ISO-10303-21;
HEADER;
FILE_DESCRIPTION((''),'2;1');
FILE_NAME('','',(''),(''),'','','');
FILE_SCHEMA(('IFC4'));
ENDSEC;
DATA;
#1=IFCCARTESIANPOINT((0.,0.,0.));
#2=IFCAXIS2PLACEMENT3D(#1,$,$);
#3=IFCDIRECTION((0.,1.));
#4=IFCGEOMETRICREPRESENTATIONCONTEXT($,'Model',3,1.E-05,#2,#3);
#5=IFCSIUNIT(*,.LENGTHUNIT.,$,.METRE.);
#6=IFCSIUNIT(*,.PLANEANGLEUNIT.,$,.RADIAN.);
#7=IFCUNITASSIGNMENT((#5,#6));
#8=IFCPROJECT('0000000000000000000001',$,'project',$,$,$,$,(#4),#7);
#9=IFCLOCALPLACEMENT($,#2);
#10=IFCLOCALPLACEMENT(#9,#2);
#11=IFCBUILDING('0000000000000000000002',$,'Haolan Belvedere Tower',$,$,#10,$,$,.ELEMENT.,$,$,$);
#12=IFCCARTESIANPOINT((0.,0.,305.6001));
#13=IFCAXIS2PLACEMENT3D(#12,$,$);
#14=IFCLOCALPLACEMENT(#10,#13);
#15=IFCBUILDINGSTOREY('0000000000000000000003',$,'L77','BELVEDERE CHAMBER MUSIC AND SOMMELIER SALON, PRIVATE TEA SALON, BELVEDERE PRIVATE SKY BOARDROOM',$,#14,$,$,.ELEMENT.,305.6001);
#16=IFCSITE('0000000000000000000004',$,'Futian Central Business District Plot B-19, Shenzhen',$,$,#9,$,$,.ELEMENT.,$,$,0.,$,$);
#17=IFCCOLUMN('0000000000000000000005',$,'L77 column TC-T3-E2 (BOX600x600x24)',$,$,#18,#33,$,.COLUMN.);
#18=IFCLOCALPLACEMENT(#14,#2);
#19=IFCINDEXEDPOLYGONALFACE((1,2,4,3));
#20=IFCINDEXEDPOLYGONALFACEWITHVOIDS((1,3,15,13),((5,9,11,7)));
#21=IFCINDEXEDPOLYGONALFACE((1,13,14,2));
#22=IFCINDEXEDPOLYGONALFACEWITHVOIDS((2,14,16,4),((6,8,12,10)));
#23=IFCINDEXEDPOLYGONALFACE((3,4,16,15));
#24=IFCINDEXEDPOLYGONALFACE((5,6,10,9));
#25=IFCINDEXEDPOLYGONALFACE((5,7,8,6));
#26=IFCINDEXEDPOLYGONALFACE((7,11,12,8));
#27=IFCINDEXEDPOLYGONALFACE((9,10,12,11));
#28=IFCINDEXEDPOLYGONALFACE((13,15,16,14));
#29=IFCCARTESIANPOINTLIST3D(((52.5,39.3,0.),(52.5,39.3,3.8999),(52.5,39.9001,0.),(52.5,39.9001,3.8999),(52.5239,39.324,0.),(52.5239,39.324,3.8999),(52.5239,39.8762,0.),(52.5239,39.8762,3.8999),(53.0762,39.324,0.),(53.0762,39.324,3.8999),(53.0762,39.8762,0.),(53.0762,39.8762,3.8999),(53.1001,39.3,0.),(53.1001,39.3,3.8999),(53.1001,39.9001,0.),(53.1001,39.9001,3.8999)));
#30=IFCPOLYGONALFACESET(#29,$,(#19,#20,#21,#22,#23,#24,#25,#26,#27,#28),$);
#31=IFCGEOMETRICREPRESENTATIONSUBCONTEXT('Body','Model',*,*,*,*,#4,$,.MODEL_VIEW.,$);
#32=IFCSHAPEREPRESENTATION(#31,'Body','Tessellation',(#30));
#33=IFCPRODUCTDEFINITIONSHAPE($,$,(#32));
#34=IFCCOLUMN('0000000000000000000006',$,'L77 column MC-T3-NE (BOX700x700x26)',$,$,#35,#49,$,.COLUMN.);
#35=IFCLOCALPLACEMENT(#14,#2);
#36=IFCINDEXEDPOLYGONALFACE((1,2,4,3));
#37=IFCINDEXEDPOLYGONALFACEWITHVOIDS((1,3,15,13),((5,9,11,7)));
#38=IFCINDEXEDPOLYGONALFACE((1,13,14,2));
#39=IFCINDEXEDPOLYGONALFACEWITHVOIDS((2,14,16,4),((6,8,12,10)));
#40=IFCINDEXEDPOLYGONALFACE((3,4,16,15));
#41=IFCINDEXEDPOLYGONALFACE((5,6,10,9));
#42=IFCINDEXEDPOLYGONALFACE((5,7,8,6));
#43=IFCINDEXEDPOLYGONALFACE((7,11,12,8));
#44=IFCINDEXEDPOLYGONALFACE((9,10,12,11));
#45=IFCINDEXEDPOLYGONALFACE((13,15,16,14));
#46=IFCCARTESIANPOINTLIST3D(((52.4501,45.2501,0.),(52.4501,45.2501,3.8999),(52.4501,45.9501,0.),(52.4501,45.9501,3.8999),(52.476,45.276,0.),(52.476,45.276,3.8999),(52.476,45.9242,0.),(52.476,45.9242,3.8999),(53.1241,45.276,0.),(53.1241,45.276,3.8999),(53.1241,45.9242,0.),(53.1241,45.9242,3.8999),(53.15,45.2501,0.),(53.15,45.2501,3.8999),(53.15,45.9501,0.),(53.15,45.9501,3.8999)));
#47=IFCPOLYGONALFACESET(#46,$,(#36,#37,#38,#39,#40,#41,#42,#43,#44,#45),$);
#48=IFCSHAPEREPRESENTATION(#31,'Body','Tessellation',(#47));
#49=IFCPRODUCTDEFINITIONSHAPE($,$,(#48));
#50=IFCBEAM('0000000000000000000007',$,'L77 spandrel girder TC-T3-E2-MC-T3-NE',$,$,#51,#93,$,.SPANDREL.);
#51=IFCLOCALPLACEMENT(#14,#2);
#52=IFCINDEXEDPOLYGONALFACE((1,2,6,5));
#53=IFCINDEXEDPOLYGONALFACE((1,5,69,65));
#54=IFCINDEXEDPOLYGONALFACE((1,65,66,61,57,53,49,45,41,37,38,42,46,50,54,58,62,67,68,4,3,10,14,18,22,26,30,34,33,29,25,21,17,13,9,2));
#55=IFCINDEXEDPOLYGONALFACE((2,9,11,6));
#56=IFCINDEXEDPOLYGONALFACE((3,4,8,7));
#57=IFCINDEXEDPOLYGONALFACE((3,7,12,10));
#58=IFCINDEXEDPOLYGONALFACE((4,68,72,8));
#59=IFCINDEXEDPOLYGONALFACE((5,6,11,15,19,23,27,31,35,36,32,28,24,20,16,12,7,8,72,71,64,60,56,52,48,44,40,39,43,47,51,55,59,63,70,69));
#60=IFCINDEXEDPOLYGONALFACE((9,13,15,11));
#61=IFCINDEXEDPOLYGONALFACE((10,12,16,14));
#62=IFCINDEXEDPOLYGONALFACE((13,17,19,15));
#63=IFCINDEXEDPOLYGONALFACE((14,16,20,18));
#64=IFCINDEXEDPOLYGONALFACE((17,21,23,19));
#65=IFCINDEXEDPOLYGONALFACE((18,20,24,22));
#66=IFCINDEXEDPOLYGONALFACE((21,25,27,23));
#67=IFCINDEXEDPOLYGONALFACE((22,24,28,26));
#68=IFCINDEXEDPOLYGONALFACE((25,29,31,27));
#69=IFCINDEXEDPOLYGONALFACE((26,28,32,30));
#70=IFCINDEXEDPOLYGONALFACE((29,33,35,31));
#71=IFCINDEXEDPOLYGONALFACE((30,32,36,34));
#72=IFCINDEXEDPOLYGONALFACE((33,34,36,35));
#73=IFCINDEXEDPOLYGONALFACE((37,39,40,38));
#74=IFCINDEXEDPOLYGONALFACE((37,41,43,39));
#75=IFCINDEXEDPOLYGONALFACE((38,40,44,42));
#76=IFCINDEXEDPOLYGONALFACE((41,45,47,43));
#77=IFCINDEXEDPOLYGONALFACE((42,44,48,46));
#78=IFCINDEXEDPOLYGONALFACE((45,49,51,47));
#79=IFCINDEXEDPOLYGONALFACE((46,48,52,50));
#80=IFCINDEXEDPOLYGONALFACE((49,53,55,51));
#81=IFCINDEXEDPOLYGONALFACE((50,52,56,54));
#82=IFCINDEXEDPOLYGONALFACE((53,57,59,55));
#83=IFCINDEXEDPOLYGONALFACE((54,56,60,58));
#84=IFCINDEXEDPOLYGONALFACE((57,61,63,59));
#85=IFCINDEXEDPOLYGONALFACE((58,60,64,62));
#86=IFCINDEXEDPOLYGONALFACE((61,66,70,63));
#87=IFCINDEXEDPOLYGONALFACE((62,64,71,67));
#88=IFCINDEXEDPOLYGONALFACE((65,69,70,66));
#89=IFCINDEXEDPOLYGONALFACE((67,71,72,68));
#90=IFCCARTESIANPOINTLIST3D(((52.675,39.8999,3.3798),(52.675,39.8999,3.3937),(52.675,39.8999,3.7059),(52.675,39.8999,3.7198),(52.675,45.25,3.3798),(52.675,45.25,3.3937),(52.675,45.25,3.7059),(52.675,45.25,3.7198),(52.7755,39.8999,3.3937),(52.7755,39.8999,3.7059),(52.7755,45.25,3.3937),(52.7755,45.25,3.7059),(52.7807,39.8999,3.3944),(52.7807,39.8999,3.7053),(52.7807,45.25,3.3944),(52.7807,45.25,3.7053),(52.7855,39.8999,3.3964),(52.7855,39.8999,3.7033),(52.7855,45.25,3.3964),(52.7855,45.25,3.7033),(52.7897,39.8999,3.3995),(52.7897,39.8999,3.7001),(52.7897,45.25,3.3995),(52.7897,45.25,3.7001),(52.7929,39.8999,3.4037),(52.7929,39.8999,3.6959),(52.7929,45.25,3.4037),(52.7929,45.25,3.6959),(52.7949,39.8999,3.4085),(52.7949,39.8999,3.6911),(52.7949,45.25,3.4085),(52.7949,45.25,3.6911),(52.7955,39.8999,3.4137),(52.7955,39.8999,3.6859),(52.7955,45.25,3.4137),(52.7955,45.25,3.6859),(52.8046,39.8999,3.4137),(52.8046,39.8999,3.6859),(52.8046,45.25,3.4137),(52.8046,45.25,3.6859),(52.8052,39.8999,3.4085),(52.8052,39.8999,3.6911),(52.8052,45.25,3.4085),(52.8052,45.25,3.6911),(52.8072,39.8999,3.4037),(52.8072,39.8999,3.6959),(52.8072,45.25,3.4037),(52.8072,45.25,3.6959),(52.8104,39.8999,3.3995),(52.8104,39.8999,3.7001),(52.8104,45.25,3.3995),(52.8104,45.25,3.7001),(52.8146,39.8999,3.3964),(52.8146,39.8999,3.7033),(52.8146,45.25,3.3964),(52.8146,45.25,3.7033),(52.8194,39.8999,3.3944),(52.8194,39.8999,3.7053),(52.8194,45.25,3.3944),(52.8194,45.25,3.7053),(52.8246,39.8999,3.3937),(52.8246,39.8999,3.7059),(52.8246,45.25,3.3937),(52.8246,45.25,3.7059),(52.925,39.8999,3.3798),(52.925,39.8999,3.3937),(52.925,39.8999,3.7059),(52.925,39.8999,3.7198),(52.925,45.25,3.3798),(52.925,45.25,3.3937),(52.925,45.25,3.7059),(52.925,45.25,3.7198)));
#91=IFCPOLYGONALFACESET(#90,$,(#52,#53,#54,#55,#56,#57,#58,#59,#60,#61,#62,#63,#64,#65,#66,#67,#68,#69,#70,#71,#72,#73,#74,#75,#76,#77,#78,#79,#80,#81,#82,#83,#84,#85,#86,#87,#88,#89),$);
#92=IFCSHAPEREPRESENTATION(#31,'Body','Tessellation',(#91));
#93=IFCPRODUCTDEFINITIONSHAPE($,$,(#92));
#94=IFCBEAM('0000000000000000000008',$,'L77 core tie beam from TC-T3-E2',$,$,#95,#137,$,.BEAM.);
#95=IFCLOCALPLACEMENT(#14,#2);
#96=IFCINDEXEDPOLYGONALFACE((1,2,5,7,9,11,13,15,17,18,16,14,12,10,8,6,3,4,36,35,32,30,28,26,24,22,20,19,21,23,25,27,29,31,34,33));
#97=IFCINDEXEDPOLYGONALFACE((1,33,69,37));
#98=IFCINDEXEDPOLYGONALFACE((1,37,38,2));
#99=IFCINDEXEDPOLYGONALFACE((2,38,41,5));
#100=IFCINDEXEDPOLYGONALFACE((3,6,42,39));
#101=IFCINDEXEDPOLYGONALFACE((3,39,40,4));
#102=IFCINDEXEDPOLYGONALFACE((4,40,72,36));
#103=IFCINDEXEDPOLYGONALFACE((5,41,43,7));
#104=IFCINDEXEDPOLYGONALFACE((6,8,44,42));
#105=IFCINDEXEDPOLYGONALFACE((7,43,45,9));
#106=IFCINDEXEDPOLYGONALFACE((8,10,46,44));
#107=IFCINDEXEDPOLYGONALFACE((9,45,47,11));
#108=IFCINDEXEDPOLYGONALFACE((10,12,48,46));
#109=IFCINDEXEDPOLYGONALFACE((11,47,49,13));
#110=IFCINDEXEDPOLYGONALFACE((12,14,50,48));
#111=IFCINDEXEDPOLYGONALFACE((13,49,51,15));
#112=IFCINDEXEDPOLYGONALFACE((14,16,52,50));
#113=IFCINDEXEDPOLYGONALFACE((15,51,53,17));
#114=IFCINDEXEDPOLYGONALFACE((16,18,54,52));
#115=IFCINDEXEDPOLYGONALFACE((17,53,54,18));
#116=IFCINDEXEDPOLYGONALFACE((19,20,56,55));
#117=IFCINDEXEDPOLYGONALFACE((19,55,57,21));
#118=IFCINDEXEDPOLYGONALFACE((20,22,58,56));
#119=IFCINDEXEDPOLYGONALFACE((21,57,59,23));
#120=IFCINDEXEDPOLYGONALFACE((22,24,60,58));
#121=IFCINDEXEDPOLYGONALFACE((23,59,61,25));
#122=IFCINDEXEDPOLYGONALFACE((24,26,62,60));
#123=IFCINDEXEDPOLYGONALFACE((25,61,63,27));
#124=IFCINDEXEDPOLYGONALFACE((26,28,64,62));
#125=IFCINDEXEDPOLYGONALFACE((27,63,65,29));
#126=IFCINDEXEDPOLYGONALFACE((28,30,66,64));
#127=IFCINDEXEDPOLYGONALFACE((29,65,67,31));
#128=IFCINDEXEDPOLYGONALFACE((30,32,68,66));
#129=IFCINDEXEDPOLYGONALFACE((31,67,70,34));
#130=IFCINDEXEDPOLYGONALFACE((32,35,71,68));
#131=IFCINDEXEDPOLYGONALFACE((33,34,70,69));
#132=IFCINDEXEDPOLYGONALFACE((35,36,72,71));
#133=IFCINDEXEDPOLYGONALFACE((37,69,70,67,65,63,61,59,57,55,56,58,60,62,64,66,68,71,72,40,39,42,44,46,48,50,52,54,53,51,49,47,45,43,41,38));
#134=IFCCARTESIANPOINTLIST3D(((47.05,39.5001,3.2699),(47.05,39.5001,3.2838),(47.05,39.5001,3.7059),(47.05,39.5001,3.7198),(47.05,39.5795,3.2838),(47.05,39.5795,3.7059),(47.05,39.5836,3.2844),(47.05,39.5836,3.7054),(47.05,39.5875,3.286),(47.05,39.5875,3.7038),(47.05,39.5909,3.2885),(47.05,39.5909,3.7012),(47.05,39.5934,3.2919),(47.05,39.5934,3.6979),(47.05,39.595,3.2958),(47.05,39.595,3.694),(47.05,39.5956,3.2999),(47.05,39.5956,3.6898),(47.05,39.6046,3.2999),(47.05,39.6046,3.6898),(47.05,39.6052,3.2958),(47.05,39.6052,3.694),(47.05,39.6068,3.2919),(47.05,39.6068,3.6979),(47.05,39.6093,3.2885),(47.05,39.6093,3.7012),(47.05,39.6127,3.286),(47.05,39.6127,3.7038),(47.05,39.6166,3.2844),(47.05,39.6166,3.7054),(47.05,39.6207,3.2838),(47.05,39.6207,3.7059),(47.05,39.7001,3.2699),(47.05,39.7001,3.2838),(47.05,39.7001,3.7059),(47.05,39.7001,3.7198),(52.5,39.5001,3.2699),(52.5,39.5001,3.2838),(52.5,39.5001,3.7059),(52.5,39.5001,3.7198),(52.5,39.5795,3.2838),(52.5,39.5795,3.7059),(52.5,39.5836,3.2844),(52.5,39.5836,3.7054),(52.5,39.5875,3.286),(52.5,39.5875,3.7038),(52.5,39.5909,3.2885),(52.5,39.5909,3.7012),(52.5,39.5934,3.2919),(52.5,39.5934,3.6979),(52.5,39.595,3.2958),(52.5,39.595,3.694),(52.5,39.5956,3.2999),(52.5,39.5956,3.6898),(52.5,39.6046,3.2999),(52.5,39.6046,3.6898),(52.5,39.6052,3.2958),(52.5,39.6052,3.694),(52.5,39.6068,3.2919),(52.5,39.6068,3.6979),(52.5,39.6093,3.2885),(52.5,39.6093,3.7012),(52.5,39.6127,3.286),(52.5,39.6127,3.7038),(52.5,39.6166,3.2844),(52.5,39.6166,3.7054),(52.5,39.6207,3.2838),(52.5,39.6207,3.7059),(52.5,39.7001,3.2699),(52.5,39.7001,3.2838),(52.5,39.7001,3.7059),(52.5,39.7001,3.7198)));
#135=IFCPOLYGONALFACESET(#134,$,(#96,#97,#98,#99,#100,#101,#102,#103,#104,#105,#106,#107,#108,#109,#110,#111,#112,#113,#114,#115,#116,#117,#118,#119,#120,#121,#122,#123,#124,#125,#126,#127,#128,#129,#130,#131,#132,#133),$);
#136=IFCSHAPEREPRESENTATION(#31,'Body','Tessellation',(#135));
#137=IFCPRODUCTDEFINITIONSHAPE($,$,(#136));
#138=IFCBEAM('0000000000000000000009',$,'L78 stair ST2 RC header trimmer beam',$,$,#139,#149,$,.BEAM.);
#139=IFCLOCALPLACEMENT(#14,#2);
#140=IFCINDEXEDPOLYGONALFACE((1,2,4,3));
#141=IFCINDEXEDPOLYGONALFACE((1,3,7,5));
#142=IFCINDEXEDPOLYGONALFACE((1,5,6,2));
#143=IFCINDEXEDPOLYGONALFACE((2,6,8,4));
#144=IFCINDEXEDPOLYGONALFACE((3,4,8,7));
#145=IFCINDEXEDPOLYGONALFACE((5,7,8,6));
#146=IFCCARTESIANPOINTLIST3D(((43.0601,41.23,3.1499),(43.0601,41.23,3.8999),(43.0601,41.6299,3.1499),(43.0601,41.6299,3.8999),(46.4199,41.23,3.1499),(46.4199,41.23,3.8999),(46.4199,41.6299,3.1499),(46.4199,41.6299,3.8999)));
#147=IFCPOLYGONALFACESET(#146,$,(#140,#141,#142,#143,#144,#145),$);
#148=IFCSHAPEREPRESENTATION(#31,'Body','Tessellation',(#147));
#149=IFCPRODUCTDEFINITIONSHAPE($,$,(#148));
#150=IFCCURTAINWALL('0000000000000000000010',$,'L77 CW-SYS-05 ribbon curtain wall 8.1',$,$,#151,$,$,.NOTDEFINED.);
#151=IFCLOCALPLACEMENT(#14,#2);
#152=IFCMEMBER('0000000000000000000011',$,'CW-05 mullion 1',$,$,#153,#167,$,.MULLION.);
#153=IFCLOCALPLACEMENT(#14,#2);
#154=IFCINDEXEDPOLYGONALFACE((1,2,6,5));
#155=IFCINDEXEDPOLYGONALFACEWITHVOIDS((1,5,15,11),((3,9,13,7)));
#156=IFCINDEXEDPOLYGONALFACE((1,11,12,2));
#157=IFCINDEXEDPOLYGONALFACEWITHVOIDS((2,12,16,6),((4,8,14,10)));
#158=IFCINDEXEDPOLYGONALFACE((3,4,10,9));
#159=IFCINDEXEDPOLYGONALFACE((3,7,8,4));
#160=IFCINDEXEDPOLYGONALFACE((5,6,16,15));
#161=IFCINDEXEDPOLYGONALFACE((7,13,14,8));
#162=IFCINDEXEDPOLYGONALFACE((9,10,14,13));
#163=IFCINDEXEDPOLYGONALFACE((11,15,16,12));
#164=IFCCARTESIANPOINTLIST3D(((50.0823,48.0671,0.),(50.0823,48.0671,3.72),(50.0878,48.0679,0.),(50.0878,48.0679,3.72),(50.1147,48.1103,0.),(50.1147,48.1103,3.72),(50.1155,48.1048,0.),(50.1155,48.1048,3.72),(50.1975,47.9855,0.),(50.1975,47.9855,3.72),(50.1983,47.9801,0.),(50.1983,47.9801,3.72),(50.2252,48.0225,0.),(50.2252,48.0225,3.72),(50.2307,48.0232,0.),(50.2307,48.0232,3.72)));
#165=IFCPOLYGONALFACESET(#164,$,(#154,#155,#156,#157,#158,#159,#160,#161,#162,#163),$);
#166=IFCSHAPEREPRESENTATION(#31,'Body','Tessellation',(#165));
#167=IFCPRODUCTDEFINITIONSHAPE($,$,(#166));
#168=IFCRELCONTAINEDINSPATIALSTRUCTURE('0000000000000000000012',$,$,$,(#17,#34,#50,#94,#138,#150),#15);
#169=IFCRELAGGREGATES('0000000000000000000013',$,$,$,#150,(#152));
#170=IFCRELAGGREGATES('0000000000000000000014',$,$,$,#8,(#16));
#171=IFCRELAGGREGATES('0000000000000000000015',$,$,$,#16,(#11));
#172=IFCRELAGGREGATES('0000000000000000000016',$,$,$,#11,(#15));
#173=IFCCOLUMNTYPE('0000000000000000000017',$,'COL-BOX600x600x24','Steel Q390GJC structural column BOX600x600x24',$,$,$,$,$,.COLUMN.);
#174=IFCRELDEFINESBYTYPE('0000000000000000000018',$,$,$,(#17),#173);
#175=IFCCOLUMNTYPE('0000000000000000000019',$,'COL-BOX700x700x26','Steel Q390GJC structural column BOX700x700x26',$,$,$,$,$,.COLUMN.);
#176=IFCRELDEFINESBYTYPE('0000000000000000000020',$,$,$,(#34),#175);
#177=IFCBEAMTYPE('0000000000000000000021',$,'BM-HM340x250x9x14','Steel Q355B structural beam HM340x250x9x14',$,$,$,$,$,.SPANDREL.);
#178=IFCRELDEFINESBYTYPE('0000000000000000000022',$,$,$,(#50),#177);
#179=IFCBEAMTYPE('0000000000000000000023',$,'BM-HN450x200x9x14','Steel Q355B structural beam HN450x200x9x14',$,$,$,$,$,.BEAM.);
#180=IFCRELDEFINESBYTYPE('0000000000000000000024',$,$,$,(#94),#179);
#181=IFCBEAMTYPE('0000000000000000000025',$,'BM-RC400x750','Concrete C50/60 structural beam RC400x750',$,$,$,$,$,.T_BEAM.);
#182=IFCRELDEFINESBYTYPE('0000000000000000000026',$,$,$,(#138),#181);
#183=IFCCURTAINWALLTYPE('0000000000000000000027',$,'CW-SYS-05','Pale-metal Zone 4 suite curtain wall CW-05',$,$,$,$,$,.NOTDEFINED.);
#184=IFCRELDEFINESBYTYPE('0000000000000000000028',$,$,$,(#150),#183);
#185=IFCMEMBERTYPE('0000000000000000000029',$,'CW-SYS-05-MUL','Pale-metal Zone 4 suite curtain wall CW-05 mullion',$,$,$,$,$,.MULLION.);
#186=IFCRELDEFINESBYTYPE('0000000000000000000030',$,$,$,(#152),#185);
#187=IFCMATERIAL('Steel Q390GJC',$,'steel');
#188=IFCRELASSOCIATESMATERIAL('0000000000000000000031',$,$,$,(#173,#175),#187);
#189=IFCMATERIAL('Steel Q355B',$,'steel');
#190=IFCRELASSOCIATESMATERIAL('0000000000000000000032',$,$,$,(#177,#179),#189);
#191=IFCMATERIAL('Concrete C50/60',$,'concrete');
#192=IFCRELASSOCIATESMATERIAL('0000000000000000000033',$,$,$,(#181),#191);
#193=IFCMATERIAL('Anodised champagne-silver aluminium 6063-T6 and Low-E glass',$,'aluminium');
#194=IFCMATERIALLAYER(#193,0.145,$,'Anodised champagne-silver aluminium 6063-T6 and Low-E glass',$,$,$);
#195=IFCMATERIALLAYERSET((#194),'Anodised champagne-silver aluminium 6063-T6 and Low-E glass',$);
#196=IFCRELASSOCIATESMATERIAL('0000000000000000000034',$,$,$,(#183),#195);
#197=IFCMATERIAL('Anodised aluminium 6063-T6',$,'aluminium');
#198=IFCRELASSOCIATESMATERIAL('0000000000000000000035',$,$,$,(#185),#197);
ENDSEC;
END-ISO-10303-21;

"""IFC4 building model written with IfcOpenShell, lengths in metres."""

from ifc_helpers import new_model, si_unit, direction, frame, origin, origin_2d, place, context, subcontext, project, spatial, rectangle, hollow_rectangle, i_section, extrude, material, layer, layer_set, material_profile, profile_set, type_object, element, aggregate, save


model = new_model("IFC4")

# Units and contexts
model_context = context("Model", 3, precision=1e-05, world=origin(), true_north=direction((0.0, 1.0)))
body_context = subcontext(model_context, "Body", "Model", "MODEL_VIEW")
ifc_project = project(units=[si_unit("LENGTHUNIT", "METRE"), si_unit("PLANEANGLEUNIT", "RADIAN")], contexts=[model_context])

# Site, building, storey
site_placement = place(None, origin())
site = spatial("IfcSite", under=ifc_project, at=site_placement, Name="Futian Central Business District Plot B-19, Shenzhen", CompositionType="ELEMENT", RefElevation=0.0)
building_placement = place(site_placement, origin())
building = spatial("IfcBuilding", under=site, at=building_placement, Name="Haolan Belvedere Tower", CompositionType="ELEMENT")
storey_placement = place(building_placement, frame((0.0, 0.0, 305.6001)))
storey = spatial("IfcBuildingStorey", under=building, at=storey_placement, Name="L77", Description="BELVEDERE CHAMBER MUSIC AND SOMMELIER SALON, PRIVATE TEA SALON, BELVEDERE PRIVATE SKY BOARDROOM", CompositionType="ELEMENT", Elevation=305.6001)

# Columns
ifc_material_1 = material(Name="Steel Q390GJC", Category="steel")
ifc_material_profile_1 = material_profile(ifc_material_1, hollow_rectangle(XDim=0.6001, YDim=0.6001, WallThickness=0.0239, at=origin_2d()), Name="Steel Q390GJC")
ifc_profile_set_1 = profile_set([ifc_material_profile_1], Name="Steel Q390GJC")
column_type_1 = type_object("IfcColumnType", Name="COL-BOX600x600x24", Description="Steel Q390GJC structural column BOX600x600x24", PredefinedType="COLUMN", material=ifc_profile_set_1)
column_1_placement = place(storey_placement, frame((52.8, 39.6001, 0.0), z_axis=(0.0, 0.0, 1.0), x_axis=(1.0, 0.0, 0.0)))
element("IfcColumn", 1, at=column_1_placement, inside=storey, type_object=column_type_1, Name="L77 column TC-T3-E2 (BOX600x600x24)", PredefinedType="COLUMN", context=body_context, shape_type="SweptSolid", body=[
    extrude(hollow_rectangle(XDim=0.6001, YDim=0.6001, WallThickness=0.0239, at=origin_2d()), origin(), (0.0, 0.0, 1.0), 3.8999),
])
ifc_material_profile_2 = material_profile(ifc_material_1, hollow_rectangle(XDim=0.7, YDim=0.7, WallThickness=0.0259, at=origin_2d()), Name="Steel Q390GJC")
ifc_profile_set_2 = profile_set([ifc_material_profile_2], Name="Steel Q390GJC")
column_type_2 = type_object("IfcColumnType", Name="COL-BOX700x700x26", Description="Steel Q390GJC structural column BOX700x700x26", PredefinedType="COLUMN", material=ifc_profile_set_2)
column_2_placement = place(storey_placement, frame((52.8, 45.6001, 0.0), z_axis=(0.0, 0.0, 1.0), x_axis=(1.0, 0.0, 0.0)))
element("IfcColumn", 2, at=column_2_placement, inside=storey, type_object=column_type_2, Name="L77 column MC-T3-NE (BOX700x700x26)", PredefinedType="COLUMN", context=body_context, shape_type="SweptSolid", body=[
    extrude(hollow_rectangle(XDim=0.7, YDim=0.7, WallThickness=0.0259, at=origin_2d()), origin(), (0.0, 0.0, 1.0), 3.8999),
])

# Beams
ifc_material_2 = material(Name="Steel Q355B", Category="steel")
ifc_material_profile_3 = material_profile(ifc_material_2, i_section(OverallWidth=0.25, OverallDepth=0.3401, WebThickness=0.009, FlangeThickness=0.0139, FilletRadius=0.02, at=origin_2d()), Name="Steel Q355B")
ifc_profile_set_3 = profile_set([ifc_material_profile_3], Name="Steel Q355B")
beam_type_1 = type_object("IfcBeamType", Name="BM-HM340x250x9x14", Description="Steel Q355B structural beam HM340x250x9x14", PredefinedType="SPANDREL", material=ifc_profile_set_3)
beam_1_placement = place(storey_placement, frame((52.8, 39.8999, 3.5498), z_axis=(0.0, 1.0, 0.0), x_axis=(-1.0, 0.0, 0.0)))
element("IfcBeam", 3, at=beam_1_placement, inside=storey, type_object=beam_type_1, Name="L77 spandrel girder TC-T3-E2-MC-T3-NE", PredefinedType="SPANDREL", context=body_context, shape_type="SweptSolid", body=[
    extrude(i_section(OverallWidth=0.25, OverallDepth=0.3401, WebThickness=0.009, FlangeThickness=0.0139, FilletRadius=0.02, at=origin_2d()), origin(), (0.0, 0.0, 1.0), 5.3501),
])
ifc_material_profile_4 = material_profile(ifc_material_2, i_section(OverallWidth=0.2, OverallDepth=0.45, WebThickness=0.009, FlangeThickness=0.0139, FilletRadius=0.0161, at=origin_2d()), Name="Steel Q355B")
ifc_profile_set_4 = profile_set([ifc_material_profile_4], Name="Steel Q355B")
beam_type_2 = type_object("IfcBeamType", Name="BM-HN450x200x9x14", Description="Steel Q355B structural beam HN450x200x9x14", PredefinedType="BEAM", material=ifc_profile_set_4)
beam_2_placement = place(storey_placement, frame((52.5, 39.6001, 3.4949), z_axis=(-1.0, 0.0, 0.0), x_axis=(0.0, -1.0, 0.0)))
element("IfcBeam", 4, at=beam_2_placement, inside=storey, type_object=beam_type_2, Name="L77 core tie beam from TC-T3-E2", PredefinedType="BEAM", context=body_context, shape_type="SweptSolid", body=[
    extrude(i_section(OverallWidth=0.2, OverallDepth=0.45, WebThickness=0.009, FlangeThickness=0.0139, FilletRadius=0.0161, at=origin_2d()), origin(), (0.0, 0.0, 1.0), 5.45),
])
ifc_material_3 = material(Name="Concrete C50/60", Category="concrete")
ifc_material_profile_5 = material_profile(ifc_material_3, rectangle(XDim=0.3999, YDim=0.75, at=origin_2d()), Name="Concrete C50/60")
ifc_profile_set_5 = profile_set([ifc_material_profile_5], Name="Concrete C50/60")
beam_type_3 = type_object("IfcBeamType", Name="BM-RC400x750", Description="Concrete C50/60 structural beam RC400x750", PredefinedType="T_BEAM", material=ifc_profile_set_5)
beam_3_placement = place(storey_placement, frame((43.0601, 41.4299, 3.5249), z_axis=(1.0, 0.0, 0.0), x_axis=(0.0, 1.0, 0.0)))
element("IfcBeam", 5, at=beam_3_placement, inside=storey, type_object=beam_type_3, Name="L78 stair ST2 RC header trimmer beam", PredefinedType="BEAM", context=body_context, shape_type="SweptSolid", body=[
    extrude(rectangle(XDim=0.3999, YDim=0.75, at=origin_2d()), origin(), (0.0, 0.0, 1.0), 3.3599),
])

# Curtain wall, member
ifc_material_4 = material(Name="Anodised champagne-silver aluminium 6063-T6 and Low-E glass", Category="aluminium")
ifc_layer_1 = layer(ifc_material_4, 0.145, Name="Anodised champagne-silver aluminium 6063-T6 and Low-E glass")
ifc_layer_set_1 = layer_set([ifc_layer_1], Name="Anodised champagne-silver aluminium 6063-T6 and Low-E glass")
curtain_wall_type = type_object("IfcCurtainWallType", Name="CW-SYS-05", Description="Pale-metal Zone 4 suite curtain wall CW-05", PredefinedType="NOTDEFINED", material=ifc_layer_set_1)
curtain_wall_placement = place(storey_placement, origin())
curtain_wall = element("IfcCurtainWall", 6, at=curtain_wall_placement, inside=storey, type_object=curtain_wall_type, Name="L77 CW-SYS-05 ribbon curtain wall 8.1", PredefinedType="NOTDEFINED")
ifc_material_5 = material(Name="Anodised aluminium 6063-T6", Category="aluminium")
ifc_material_profile_6 = material_profile(ifc_material_5, hollow_rectangle(XDim=0.054, YDim=0.145, WallThickness=0.0039, at=origin_2d()), Name="Anodised aluminium 6063-T6")
ifc_profile_set_6 = profile_set([ifc_material_profile_6], Name="Anodised aluminium 6063-T6")
member_type_1 = type_object("IfcMemberType", Name="CW-SYS-05-MUL", Description="Pale-metal Zone 4 suite curtain wall CW-05 mullion", PredefinedType="MULLION", material=ifc_profile_set_6)
member_1_placement = place(storey_placement, frame((50.1565, 48.0452, 0.0), z_axis=(0.0, 0.0, 1.0), x_axis=(-0.600003, -0.799998, 0.0)))
member_1 = element("IfcMember", 7, at=member_1_placement, type_object=member_type_1, Name="CW-05 mullion 1", PredefinedType="MULLION", context=body_context, shape_type="SweptSolid", body=[
    extrude(hollow_rectangle(XDim=0.054, YDim=0.145, WallThickness=0.0039, at=origin_2d()), origin(), (0.0, 0.0, 1.0), 3.72),
])
aggregate(curtain_wall, [member_1])

save(model, "model.ifc")
